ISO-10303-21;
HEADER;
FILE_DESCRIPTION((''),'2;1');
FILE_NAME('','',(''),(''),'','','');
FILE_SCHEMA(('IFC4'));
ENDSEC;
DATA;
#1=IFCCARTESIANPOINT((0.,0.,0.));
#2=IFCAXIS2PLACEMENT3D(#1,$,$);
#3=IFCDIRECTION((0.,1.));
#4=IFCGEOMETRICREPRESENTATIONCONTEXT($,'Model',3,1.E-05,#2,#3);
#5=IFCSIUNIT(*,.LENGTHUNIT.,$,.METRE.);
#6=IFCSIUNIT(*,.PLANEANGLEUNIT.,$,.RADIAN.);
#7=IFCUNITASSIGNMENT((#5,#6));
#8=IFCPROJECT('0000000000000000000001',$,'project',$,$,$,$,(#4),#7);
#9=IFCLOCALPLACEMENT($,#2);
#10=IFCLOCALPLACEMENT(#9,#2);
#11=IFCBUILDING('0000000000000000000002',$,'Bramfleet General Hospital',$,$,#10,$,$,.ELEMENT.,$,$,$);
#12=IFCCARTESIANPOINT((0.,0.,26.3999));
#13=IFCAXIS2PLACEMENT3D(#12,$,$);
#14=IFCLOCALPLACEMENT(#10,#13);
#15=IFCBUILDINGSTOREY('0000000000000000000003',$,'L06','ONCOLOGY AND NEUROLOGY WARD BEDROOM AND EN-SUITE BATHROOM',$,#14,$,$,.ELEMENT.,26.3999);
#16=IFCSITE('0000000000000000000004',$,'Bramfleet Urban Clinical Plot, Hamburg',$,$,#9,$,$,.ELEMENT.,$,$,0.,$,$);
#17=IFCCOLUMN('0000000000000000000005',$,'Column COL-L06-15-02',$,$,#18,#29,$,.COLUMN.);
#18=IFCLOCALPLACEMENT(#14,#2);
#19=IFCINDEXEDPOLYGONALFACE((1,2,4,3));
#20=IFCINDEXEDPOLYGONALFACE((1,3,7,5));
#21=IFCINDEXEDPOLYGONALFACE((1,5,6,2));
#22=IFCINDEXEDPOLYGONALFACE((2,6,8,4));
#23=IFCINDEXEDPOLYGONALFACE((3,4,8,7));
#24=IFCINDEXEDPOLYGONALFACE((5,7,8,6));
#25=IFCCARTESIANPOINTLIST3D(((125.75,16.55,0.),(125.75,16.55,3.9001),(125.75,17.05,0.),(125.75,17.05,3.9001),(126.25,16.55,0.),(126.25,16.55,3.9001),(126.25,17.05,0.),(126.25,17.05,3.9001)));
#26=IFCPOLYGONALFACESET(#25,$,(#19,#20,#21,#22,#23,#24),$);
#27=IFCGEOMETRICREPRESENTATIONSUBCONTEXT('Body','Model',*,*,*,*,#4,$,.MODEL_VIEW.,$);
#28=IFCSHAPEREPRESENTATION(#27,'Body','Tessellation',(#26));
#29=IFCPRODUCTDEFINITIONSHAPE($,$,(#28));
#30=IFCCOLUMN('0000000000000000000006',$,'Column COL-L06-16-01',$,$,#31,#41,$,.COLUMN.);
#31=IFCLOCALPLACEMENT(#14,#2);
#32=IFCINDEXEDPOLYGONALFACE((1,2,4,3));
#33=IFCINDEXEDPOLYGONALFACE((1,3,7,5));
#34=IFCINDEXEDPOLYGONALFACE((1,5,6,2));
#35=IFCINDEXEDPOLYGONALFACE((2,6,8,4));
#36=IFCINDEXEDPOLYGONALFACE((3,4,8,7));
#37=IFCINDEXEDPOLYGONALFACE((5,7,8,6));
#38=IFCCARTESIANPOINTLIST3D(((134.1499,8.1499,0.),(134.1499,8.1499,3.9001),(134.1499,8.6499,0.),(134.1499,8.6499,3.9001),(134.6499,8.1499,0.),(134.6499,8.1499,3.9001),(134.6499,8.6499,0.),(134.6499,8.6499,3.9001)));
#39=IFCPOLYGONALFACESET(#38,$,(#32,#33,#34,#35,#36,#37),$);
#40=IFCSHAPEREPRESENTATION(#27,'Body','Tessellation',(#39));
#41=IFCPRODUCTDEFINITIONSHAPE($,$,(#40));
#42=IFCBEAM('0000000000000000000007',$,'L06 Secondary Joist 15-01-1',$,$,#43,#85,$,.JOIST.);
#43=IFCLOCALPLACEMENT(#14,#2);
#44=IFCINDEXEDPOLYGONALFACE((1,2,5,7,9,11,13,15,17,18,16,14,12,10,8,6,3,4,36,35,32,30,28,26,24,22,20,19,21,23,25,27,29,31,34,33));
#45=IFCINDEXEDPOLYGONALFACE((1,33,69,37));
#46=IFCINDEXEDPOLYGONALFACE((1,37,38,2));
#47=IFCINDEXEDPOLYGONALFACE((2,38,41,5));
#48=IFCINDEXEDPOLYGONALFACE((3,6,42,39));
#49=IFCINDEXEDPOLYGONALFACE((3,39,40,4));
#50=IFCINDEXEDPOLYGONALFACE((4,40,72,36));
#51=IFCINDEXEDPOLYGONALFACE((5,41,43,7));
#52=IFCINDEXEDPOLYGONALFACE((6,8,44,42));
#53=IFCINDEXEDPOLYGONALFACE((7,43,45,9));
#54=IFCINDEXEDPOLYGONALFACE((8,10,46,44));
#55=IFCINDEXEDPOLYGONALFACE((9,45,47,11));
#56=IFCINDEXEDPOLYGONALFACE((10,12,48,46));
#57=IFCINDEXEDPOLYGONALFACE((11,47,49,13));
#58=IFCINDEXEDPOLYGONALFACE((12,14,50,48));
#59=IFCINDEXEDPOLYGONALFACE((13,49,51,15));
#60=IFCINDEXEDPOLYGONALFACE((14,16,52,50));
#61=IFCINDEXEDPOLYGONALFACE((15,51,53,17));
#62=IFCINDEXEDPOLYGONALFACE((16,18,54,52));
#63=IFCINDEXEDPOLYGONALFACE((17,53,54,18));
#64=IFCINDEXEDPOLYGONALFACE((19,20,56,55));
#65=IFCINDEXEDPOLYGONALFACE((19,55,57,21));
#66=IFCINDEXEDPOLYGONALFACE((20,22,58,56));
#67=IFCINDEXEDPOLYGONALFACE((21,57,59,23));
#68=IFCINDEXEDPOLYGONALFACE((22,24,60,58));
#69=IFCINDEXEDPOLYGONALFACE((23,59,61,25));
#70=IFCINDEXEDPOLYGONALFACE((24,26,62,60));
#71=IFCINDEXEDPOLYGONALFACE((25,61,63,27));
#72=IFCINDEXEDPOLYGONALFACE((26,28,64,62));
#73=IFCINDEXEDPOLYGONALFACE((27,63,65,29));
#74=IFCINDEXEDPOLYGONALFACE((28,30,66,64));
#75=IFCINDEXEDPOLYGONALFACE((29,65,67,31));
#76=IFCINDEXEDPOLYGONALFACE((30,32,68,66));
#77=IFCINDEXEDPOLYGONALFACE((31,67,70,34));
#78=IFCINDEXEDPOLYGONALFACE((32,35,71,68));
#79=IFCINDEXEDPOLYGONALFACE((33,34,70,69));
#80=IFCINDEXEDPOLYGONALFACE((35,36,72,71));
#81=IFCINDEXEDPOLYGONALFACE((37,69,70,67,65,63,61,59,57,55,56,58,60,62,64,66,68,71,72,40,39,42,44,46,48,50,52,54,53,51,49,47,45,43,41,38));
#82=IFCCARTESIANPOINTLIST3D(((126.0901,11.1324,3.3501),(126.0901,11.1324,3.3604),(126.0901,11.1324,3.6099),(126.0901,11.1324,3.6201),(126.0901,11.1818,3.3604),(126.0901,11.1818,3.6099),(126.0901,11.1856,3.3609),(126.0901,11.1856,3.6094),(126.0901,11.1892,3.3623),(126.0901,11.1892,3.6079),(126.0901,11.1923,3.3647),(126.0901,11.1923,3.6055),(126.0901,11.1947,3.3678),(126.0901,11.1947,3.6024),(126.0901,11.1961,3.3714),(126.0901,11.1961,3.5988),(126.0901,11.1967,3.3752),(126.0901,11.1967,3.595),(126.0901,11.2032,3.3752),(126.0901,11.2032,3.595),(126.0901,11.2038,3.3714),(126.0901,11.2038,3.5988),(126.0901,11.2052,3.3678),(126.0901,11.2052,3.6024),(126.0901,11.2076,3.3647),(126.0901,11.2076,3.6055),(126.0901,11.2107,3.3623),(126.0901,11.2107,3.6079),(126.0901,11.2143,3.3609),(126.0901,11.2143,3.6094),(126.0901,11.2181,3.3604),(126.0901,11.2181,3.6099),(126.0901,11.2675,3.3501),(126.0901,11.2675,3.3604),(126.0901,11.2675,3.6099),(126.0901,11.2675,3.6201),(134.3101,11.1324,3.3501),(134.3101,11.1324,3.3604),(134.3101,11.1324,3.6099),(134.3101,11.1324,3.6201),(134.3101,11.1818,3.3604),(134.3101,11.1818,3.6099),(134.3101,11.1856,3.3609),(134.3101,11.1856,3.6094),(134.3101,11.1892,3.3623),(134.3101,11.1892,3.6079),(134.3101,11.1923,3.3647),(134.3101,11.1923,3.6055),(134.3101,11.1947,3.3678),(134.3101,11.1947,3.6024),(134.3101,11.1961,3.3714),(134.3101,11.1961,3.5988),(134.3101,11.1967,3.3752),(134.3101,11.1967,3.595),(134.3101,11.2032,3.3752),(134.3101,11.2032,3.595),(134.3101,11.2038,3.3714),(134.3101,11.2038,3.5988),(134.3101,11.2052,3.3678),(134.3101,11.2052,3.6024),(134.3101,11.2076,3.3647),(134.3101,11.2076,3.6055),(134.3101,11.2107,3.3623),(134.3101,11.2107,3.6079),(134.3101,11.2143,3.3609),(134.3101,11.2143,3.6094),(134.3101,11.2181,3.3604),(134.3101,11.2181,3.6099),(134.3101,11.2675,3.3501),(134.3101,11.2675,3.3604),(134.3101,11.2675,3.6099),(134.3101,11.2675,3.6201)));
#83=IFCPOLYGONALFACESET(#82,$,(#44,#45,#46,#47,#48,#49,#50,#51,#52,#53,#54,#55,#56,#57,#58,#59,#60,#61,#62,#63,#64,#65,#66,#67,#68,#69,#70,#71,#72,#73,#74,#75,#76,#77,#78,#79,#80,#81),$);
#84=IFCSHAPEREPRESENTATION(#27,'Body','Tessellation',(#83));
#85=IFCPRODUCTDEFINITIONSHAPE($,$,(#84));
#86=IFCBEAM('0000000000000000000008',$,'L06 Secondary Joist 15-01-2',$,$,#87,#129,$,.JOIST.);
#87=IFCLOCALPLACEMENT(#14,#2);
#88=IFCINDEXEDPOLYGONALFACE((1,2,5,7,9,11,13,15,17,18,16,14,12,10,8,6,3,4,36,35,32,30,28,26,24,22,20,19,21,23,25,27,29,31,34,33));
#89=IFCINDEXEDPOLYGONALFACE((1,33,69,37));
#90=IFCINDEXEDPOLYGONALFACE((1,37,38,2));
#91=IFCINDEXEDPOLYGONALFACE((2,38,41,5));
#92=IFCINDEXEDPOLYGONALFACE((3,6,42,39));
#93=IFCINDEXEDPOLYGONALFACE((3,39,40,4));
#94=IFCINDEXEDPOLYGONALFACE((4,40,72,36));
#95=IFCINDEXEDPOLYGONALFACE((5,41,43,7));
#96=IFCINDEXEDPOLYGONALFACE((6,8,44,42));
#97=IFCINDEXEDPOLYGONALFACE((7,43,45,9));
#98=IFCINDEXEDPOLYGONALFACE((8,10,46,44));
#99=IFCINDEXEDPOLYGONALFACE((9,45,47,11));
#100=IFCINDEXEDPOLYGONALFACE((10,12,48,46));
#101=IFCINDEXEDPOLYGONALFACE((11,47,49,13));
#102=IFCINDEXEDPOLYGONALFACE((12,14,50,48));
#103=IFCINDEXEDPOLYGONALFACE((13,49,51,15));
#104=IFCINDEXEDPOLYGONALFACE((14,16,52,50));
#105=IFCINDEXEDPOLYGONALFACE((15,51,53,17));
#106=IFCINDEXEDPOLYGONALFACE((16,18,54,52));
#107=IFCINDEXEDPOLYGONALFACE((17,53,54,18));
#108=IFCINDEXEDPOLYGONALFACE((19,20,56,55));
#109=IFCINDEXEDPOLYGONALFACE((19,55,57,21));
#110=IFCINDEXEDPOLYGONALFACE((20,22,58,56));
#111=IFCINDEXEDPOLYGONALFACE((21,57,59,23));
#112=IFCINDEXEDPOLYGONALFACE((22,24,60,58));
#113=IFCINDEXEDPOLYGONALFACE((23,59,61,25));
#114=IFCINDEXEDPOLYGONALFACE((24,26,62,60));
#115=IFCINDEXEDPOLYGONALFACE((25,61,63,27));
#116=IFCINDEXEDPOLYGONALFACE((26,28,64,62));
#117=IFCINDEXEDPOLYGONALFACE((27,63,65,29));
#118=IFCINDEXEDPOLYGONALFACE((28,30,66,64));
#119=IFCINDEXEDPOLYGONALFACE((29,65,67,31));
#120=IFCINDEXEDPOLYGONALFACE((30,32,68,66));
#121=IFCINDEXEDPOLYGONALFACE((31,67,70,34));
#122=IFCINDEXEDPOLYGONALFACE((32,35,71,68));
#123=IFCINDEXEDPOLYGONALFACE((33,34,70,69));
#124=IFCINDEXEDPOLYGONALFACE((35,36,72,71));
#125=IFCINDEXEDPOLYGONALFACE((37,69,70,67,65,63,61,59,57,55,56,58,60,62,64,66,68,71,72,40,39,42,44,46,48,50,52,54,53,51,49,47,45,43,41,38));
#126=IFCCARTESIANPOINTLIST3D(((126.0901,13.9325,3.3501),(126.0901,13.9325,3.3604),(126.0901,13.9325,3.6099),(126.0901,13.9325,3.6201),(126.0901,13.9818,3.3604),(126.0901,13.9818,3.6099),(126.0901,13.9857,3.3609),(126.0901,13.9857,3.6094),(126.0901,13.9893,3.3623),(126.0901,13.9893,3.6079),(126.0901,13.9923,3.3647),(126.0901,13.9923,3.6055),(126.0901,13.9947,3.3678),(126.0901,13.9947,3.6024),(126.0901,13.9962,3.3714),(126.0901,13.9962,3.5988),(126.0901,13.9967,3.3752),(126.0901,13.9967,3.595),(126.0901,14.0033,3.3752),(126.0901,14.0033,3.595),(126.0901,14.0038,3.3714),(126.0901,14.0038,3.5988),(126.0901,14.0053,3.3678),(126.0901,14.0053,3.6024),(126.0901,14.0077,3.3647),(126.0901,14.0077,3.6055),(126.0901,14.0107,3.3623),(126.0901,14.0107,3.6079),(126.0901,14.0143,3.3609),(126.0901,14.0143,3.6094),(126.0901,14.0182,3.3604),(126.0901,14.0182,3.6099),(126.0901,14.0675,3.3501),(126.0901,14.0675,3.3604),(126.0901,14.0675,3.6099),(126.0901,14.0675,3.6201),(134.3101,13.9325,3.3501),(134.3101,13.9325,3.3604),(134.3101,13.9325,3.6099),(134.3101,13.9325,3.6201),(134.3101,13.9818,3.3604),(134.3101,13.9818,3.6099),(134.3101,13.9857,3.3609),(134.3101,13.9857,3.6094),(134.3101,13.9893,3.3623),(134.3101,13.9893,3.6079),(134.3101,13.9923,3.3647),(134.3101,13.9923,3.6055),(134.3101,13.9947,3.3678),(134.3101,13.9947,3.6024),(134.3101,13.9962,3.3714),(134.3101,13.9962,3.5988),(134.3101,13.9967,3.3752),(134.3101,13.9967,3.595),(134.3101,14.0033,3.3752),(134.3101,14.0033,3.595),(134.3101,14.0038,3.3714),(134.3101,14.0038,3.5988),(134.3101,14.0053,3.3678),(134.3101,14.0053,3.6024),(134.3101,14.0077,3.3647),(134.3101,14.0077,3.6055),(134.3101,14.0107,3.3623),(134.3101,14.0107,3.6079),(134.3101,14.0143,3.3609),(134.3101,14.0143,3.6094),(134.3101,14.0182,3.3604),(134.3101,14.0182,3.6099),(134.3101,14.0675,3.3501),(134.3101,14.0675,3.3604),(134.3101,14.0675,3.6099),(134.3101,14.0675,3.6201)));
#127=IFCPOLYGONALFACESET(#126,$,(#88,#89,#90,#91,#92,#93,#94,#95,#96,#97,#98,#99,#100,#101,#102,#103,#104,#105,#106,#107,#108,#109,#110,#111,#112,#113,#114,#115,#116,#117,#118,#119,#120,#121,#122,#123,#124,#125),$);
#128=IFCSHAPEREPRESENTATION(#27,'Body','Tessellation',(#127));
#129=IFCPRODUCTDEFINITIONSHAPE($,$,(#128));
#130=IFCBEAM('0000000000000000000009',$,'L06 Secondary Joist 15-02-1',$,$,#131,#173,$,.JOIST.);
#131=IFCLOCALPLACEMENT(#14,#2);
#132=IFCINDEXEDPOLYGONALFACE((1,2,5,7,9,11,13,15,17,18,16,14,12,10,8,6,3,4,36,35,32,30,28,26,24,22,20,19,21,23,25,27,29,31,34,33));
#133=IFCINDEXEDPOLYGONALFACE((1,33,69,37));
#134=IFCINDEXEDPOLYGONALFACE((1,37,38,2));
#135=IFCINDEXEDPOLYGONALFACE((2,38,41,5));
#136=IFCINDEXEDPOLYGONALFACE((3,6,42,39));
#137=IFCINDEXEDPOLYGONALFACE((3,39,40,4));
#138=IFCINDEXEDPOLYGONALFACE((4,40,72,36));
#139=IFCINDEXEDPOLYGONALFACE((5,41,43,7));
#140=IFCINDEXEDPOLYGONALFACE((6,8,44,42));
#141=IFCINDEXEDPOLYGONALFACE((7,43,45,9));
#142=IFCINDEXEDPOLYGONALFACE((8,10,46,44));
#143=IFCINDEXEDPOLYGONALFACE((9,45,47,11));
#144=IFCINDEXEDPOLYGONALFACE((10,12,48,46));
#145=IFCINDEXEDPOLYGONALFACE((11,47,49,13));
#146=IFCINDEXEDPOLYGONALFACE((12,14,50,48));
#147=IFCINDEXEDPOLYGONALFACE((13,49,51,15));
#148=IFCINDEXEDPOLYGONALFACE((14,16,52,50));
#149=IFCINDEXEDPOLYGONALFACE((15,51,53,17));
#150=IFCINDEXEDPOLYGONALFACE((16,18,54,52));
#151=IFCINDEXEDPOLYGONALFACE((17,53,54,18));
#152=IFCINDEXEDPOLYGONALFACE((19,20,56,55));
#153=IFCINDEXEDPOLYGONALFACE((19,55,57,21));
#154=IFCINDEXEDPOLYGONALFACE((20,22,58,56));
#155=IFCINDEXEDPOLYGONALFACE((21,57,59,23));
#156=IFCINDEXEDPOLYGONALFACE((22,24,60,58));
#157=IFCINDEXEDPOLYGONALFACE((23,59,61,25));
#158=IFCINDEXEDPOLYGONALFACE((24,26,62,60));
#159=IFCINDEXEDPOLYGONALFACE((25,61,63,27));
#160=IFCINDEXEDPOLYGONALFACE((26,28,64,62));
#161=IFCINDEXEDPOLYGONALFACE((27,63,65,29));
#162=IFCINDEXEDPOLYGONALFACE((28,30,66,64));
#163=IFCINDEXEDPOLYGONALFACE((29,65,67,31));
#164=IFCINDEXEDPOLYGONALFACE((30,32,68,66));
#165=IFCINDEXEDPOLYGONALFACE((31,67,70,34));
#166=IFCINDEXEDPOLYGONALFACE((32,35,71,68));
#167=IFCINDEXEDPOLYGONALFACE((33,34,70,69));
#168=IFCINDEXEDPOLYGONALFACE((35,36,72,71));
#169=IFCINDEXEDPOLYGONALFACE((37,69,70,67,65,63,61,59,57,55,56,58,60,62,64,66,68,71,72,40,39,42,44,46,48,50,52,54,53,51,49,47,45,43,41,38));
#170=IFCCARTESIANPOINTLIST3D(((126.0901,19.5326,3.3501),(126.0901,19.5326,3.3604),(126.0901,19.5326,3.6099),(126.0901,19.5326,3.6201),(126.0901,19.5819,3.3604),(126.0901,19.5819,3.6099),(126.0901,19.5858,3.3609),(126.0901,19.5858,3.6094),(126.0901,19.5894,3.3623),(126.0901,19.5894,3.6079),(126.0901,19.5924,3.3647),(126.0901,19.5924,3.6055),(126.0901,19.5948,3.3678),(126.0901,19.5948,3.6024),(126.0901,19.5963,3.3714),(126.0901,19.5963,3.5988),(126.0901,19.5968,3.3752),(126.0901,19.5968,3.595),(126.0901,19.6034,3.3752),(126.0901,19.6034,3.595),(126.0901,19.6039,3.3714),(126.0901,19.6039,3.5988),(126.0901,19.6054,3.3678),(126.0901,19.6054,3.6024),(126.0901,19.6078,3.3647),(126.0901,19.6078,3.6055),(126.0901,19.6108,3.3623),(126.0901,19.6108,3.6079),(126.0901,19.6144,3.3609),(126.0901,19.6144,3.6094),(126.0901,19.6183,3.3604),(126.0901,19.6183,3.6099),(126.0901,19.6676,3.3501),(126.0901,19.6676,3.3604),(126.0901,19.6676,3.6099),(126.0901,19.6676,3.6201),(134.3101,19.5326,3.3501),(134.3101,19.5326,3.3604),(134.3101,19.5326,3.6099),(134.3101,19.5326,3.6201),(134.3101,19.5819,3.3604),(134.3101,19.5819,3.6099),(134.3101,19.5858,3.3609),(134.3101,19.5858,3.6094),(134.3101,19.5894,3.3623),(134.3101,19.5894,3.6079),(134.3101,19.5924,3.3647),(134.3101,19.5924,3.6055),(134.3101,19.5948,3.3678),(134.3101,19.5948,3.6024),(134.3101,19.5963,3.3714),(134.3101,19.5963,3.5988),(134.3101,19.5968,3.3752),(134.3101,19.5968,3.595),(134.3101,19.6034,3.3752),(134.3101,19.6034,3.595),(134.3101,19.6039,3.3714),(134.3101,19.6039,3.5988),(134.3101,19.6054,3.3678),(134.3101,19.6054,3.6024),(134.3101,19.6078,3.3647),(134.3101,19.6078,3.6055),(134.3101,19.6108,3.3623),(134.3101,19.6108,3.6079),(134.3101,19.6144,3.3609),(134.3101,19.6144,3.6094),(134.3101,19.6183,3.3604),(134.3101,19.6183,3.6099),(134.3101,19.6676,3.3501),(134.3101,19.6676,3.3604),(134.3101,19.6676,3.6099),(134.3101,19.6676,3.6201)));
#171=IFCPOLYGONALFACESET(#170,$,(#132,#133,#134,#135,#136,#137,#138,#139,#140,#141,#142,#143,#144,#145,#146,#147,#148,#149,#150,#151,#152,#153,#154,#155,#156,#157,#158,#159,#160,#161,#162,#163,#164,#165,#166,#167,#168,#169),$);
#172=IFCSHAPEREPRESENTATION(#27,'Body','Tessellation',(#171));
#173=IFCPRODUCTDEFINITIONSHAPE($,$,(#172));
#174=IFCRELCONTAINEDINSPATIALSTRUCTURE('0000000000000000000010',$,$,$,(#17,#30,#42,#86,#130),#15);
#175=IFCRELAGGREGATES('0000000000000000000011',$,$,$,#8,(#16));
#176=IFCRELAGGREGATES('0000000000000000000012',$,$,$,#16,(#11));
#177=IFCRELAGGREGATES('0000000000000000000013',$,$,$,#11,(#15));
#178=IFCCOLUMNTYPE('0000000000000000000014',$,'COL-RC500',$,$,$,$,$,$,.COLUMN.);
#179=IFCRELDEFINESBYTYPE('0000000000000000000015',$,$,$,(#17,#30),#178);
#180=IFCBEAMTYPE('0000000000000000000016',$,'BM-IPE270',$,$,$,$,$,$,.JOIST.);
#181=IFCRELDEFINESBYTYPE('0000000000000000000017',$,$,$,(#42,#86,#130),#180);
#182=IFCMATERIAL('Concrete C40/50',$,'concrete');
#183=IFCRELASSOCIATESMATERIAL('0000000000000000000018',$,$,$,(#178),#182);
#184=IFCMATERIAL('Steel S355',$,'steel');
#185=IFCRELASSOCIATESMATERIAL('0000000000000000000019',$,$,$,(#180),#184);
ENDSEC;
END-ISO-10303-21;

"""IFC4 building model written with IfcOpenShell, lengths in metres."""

from ifc_helpers import new_model, si_unit, direction, frame, origin, origin_2d, place, context, subcontext, project, spatial, rectangle, i_section, extrude, material, material_profile, profile_set, type_object, element, save


model = new_model("IFC4")

# Units and contexts
model_context = context("Model", 3, precision=1e-05, world=origin(), true_north=direction((0.0, 1.0)))
body_context = subcontext(model_context, "Body", "Model", "MODEL_VIEW")
ifc_project = project(units=[si_unit("LENGTHUNIT", "METRE"), si_unit("PLANEANGLEUNIT", "RADIAN")], contexts=[model_context])

# Site, building, storey
site_placement = place(None, origin())
site = spatial("IfcSite", under=ifc_project, at=site_placement, Name="Bramfleet Urban Clinical Plot, Hamburg", CompositionType="ELEMENT", RefElevation=0.0)
building_placement = place(site_placement, origin())
building = spatial("IfcBuilding", under=site, at=building_placement, Name="Bramfleet General Hospital", CompositionType="ELEMENT")
storey_placement = place(building_placement, frame((0.0, 0.0, 26.3999)))
storey = spatial("IfcBuildingStorey", under=building, at=storey_placement, Name="L06", Description="ONCOLOGY AND NEUROLOGY WARD BEDROOM AND EN-SUITE BATHROOM", CompositionType="ELEMENT", Elevation=26.3999)

# Columns
ifc_material_1 = material(Name="Concrete C40/50", Category="concrete")
ifc_material_profile_1 = material_profile(ifc_material_1, rectangle(XDim=0.5, YDim=0.5, at=origin_2d()), Name="RC COL 500x500")
ifc_profile_set_1 = profile_set([ifc_material_profile_1], Name="Concrete C40/50")
column_type = type_object("IfcColumnType", Name="COL-RC500", PredefinedType="COLUMN", material=ifc_profile_set_1)
for number, where, z_axis, x_axis, name in (
    (1, (126.0, 16.8, 0.0), (0.0, 0.0, 1.0), (1.0, 0.0, 0.0), "Column COL-L06-15-02"),
    (2, (134.3999, 8.3999, 0.0), (0.0, 0.0, 1.0), (1.0, 0.0, 0.0), "Column COL-L06-16-01"),
):
    element("IfcColumn", number, at=place(storey_placement, frame(where, z_axis=z_axis, x_axis=x_axis)), inside=storey, type_object=column_type, Name=name, PredefinedType="COLUMN", context=body_context, shape_type="SweptSolid", body=[
        extrude(rectangle(XDim=0.5, YDim=0.5, at=origin_2d()), origin(), (0.0, 0.0, 1.0), 3.9001),
    ])

# Beams
ifc_material_2 = material(Name="Steel S355", Category="steel")
ifc_material_profile_2 = material_profile(ifc_material_2, i_section(OverallWidth=0.135, OverallDepth=0.27, WebThickness=0.0066, FlangeThickness=0.0103, FilletRadius=0.0149, at=origin_2d()), Name="IPE 270")
ifc_profile_set_2 = profile_set([ifc_material_profile_2], Name="Steel S355")
beam_type_1 = type_object("IfcBeamType", Name="BM-IPE270", PredefinedType="JOIST", material=ifc_profile_set_2)
for number, where, z_axis, x_axis, name in (
    (3, (126.0901, 11.2, 3.4851), (1.0, 0.0, 0.0), (0.0, 1.0, 0.0), "L06 Secondary Joist 15-01-1"),
    (4, (126.0901, 14.0, 3.4851), (1.0, 0.0, 0.0), (0.0, 1.0, 0.0), "L06 Secondary Joist 15-01-2"),
    (5, (126.0901, 19.6001, 3.4851), (1.0, 0.0, 0.0), (0.0, 1.0, 0.0), "L06 Secondary Joist 15-02-1"),
):
    element("IfcBeam", number, at=place(storey_placement, frame(where, z_axis=z_axis, x_axis=x_axis)), inside=storey, type_object=beam_type_1, Name=name, PredefinedType="JOIST", context=body_context, shape_type="SweptSolid", body=[
        extrude(i_section(OverallWidth=0.135, OverallDepth=0.27, WebThickness=0.0066, FlangeThickness=0.0103, FilletRadius=0.0149, at=origin_2d()), origin(), (0.0, 0.0, 1.0), 8.22),
    ])

save(model, "model.ifc")
